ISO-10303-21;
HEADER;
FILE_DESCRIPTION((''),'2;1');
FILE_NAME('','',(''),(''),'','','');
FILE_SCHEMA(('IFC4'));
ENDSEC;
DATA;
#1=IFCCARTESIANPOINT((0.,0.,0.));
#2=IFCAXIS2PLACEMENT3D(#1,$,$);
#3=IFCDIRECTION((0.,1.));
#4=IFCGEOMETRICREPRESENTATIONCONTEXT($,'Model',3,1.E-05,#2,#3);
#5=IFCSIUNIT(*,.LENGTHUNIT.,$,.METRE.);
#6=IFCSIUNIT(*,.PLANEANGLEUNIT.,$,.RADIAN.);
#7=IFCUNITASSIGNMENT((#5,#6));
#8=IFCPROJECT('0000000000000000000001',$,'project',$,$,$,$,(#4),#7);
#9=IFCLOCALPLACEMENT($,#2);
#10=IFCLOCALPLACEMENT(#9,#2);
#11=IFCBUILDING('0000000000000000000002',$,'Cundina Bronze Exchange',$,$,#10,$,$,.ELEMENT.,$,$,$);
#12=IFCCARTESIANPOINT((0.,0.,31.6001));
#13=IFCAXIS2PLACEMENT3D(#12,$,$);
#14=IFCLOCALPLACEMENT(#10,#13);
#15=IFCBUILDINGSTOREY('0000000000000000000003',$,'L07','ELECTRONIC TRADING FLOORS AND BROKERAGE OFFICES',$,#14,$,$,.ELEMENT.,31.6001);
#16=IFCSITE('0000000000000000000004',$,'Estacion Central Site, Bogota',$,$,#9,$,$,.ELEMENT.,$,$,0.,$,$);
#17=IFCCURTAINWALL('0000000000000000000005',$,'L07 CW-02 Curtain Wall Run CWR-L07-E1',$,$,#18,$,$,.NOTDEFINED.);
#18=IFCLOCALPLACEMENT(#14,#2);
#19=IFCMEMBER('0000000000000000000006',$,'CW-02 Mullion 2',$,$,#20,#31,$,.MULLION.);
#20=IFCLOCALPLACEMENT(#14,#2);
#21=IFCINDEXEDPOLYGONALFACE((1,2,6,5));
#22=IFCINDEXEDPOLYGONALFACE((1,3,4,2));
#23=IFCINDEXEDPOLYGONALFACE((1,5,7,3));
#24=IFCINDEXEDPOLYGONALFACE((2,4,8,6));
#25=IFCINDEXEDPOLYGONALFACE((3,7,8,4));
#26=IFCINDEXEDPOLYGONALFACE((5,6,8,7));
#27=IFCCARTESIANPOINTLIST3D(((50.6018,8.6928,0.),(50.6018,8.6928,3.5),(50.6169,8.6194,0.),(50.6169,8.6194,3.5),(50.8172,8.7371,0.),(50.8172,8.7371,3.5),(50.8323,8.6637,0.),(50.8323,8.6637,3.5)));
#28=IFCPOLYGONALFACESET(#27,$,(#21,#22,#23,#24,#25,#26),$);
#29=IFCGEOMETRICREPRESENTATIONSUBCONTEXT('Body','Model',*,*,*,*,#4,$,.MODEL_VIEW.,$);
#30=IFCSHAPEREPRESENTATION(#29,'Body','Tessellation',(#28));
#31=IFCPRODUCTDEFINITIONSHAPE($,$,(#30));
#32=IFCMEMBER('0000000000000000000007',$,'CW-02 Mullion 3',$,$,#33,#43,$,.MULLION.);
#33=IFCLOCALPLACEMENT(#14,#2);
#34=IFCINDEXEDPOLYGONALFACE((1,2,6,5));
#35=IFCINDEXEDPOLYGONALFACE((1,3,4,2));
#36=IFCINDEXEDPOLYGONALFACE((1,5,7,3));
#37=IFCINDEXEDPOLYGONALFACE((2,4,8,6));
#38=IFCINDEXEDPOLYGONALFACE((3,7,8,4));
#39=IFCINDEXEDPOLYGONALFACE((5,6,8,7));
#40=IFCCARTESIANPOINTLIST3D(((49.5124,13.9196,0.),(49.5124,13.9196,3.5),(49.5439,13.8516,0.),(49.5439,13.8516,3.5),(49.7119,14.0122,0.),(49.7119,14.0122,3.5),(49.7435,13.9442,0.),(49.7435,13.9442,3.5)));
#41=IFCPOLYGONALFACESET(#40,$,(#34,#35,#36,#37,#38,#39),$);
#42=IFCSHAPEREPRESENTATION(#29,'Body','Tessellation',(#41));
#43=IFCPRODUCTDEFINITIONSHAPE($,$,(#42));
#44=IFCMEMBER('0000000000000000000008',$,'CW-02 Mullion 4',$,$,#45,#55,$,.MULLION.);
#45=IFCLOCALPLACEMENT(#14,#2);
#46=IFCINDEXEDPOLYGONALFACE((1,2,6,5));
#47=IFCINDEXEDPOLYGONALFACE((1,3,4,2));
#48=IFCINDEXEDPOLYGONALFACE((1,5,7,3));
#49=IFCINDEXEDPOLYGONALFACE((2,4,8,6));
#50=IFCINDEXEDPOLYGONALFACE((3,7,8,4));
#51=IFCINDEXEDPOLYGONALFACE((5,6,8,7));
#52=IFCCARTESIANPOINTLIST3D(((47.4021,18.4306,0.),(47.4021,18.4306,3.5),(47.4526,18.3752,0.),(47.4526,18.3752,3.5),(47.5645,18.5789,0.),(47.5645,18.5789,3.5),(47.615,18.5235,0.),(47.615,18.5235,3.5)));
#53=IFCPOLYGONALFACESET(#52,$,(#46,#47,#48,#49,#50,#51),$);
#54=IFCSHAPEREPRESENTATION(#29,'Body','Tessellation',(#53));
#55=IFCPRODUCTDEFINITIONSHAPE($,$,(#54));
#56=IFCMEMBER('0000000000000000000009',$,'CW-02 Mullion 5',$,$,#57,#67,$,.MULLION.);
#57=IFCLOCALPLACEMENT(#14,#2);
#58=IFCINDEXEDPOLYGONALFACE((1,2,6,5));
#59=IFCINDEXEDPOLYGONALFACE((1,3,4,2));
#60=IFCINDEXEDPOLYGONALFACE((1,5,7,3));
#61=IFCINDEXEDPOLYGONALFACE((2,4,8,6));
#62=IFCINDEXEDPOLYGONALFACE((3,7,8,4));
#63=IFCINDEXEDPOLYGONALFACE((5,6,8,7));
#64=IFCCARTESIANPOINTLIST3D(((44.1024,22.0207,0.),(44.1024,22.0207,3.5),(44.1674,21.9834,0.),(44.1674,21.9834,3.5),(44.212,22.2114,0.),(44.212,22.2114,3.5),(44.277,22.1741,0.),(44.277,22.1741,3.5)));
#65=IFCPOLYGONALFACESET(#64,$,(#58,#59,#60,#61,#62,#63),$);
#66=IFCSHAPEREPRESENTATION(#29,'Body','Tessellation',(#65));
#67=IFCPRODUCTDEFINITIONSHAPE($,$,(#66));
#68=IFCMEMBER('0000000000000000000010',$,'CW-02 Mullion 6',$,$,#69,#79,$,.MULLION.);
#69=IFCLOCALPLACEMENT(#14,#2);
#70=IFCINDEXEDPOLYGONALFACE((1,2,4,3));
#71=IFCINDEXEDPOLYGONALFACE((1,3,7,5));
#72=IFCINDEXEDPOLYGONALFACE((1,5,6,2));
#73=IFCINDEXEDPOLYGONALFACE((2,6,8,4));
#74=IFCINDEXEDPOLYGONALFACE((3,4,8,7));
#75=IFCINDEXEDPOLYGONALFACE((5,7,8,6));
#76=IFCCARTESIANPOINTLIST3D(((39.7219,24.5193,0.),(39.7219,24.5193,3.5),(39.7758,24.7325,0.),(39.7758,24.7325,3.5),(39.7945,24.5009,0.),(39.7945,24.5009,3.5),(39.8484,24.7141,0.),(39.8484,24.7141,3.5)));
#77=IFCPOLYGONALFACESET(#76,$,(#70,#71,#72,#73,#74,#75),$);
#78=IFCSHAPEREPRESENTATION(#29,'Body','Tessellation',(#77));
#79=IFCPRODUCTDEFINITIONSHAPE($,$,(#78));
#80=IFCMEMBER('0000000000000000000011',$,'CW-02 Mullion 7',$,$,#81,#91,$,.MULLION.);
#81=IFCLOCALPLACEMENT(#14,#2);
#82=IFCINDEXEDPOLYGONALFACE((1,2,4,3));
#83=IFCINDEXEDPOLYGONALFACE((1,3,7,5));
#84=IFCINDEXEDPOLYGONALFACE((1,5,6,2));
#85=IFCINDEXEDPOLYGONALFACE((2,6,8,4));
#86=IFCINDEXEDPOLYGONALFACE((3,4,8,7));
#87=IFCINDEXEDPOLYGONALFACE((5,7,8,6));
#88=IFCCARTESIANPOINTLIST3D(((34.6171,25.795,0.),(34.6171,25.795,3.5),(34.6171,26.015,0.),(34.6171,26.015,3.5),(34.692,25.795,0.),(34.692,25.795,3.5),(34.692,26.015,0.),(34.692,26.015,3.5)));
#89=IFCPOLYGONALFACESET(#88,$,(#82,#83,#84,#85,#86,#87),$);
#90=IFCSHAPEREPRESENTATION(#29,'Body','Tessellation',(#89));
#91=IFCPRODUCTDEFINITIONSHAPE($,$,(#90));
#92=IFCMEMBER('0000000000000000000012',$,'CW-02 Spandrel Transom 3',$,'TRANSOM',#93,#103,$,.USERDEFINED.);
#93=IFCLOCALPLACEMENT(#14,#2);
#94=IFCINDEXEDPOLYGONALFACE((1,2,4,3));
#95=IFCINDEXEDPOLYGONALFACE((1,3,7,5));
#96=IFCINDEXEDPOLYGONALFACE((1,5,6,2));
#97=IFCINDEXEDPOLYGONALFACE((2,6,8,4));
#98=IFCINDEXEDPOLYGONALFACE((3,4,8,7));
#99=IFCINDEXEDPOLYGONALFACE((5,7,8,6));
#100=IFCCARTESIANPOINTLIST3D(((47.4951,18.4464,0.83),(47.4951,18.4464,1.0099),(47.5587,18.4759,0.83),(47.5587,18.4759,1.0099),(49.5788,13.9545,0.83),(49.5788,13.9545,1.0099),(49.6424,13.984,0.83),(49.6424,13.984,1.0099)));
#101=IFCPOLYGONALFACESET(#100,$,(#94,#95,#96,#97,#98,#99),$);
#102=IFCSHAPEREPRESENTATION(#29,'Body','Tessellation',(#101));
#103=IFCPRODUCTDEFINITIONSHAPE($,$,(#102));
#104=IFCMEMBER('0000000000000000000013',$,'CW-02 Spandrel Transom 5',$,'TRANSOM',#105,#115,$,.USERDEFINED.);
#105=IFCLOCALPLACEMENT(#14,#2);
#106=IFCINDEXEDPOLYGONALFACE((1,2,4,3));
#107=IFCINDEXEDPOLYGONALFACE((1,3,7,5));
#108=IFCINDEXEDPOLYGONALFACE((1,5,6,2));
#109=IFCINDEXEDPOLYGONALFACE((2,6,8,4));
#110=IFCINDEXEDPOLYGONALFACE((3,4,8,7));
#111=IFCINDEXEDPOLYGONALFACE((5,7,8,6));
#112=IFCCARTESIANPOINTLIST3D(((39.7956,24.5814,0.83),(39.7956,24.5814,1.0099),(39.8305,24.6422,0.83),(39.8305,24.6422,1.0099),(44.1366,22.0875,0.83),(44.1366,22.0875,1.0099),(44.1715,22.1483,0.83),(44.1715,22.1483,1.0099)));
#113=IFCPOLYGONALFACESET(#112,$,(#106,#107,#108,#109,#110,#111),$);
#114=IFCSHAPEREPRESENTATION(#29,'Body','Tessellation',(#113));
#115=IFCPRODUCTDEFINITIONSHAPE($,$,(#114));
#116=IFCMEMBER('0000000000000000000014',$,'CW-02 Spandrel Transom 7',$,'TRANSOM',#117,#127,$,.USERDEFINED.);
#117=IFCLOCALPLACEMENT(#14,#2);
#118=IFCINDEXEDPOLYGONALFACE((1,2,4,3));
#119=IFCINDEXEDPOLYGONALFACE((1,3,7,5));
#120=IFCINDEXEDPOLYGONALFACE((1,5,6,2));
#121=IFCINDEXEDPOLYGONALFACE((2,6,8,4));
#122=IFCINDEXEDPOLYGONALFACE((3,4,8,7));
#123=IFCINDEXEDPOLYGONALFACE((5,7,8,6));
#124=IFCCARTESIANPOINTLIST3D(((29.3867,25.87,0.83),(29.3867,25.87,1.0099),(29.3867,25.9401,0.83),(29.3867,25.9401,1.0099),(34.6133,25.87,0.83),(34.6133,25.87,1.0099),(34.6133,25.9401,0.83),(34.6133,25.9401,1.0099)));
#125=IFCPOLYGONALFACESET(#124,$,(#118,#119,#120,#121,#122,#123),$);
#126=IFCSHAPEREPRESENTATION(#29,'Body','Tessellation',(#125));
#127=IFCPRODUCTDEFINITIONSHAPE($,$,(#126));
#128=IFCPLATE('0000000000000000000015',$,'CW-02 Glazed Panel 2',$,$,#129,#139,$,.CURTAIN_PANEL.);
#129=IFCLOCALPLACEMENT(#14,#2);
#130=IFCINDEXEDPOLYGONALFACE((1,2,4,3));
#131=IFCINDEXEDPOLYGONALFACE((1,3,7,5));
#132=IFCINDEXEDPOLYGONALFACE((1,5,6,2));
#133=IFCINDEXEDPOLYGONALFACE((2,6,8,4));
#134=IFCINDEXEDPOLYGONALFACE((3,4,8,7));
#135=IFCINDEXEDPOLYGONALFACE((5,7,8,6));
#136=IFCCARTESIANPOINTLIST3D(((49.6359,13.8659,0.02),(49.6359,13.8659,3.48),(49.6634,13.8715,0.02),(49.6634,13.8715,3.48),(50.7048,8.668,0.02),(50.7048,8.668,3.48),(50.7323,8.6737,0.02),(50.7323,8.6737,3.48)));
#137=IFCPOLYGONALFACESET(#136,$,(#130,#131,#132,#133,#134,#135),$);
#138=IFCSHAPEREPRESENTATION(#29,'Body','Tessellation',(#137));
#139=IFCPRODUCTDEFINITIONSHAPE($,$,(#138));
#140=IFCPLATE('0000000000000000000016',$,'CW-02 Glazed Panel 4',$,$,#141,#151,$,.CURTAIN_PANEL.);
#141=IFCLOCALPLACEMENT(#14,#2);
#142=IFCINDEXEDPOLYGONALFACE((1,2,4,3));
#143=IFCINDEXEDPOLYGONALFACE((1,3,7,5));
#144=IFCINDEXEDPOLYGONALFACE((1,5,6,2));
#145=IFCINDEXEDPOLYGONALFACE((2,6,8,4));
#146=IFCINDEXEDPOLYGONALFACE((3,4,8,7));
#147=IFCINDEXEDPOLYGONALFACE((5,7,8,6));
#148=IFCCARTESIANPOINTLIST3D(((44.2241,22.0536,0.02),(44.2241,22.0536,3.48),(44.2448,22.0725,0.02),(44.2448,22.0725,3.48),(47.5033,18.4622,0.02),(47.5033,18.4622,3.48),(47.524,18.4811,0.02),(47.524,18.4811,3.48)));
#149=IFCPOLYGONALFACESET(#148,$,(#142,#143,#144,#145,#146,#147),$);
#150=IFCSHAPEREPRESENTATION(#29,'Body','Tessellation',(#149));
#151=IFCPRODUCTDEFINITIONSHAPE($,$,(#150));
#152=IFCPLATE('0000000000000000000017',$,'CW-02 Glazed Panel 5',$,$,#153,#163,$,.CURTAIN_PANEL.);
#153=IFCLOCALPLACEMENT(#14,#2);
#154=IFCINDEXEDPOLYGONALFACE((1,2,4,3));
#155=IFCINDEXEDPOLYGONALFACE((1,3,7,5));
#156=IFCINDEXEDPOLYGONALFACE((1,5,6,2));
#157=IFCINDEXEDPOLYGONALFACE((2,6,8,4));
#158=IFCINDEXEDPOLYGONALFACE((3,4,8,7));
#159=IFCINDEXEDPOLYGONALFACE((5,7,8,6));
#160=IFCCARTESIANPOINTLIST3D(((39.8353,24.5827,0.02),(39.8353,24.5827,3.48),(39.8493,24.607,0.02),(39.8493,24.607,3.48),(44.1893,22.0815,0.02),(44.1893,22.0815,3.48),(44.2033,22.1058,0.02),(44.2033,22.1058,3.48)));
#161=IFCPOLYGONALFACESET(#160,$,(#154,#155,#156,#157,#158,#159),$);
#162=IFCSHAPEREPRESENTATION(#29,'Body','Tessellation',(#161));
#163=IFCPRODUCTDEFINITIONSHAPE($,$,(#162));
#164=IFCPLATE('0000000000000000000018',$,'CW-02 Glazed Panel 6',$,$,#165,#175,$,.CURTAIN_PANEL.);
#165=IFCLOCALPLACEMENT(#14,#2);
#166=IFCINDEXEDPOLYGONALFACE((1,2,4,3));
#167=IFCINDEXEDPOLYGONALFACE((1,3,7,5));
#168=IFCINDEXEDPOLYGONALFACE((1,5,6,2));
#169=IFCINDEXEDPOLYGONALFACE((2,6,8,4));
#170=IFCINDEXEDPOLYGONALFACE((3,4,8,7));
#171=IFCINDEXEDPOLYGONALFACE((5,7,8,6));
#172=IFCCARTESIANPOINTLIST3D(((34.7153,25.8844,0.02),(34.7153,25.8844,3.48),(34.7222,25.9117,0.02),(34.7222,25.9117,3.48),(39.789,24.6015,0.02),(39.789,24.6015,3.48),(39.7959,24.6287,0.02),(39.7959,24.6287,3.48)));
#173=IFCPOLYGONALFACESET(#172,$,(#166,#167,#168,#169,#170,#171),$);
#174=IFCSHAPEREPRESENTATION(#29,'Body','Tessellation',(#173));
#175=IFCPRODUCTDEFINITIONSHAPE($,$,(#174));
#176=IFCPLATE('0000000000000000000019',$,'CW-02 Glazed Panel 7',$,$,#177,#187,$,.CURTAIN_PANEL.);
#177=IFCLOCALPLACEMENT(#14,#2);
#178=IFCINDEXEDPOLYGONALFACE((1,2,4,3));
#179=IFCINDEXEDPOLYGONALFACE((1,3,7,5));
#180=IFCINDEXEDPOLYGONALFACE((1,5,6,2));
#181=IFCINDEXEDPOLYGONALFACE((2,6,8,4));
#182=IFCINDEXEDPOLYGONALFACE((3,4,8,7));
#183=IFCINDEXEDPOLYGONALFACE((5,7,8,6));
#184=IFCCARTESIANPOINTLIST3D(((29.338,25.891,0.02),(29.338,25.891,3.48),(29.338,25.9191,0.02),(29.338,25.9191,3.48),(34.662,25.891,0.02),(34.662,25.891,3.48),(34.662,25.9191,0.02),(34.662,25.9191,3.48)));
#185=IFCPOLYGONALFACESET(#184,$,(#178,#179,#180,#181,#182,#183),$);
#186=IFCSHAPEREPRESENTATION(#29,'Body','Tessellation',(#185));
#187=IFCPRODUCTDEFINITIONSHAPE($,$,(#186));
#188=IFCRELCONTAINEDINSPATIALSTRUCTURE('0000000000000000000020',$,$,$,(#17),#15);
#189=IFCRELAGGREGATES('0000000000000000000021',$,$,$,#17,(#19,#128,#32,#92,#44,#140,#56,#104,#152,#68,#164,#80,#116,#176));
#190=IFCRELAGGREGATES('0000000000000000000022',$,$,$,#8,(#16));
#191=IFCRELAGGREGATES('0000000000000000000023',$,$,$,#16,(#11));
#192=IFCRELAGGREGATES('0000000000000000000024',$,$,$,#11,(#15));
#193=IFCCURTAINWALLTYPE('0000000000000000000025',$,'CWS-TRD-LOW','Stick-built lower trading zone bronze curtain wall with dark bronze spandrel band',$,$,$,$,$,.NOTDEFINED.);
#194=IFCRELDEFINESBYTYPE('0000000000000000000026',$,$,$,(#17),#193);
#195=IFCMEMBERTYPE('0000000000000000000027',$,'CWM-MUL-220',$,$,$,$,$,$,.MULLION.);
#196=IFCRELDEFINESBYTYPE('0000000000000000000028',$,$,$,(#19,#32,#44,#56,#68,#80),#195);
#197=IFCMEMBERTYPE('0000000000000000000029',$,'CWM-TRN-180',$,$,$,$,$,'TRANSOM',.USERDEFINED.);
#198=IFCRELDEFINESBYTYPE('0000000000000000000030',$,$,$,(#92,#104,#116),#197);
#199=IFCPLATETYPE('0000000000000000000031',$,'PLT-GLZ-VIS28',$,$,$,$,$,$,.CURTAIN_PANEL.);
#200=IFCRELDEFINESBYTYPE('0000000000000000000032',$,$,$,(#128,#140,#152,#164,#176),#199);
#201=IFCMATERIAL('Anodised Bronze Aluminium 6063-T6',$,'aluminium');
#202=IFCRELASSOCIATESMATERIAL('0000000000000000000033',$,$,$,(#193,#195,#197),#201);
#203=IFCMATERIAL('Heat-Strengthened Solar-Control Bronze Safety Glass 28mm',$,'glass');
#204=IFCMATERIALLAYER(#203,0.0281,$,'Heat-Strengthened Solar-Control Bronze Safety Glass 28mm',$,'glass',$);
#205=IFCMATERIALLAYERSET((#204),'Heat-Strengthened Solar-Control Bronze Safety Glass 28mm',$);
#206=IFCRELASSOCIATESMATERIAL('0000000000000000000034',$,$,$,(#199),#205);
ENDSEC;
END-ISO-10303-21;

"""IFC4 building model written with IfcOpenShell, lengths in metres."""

from ifc_helpers import new_model, si_unit, direction, frame, origin, origin_2d, place, context, subcontext, project, spatial, rectangle, extrude, material, layer, layer_set, material_profile, profile_set, type_object, element, aggregate, save


model = new_model("IFC4")

# Units and contexts
model_context = context("Model", 3, precision=1e-05, world=origin(), true_north=direction((0.0, 1.0)))
body_context = subcontext(model_context, "Body", "Model", "MODEL_VIEW")
ifc_project = project(units=[si_unit("LENGTHUNIT", "METRE"), si_unit("PLANEANGLEUNIT", "RADIAN")], contexts=[model_context])

# Site, building, storey
site_placement = place(None, origin())
site = spatial("IfcSite", under=ifc_project, at=site_placement, Name="Estacion Central Site, Bogota", CompositionType="ELEMENT", RefElevation=0.0)
building_placement = place(site_placement, origin())
building = spatial("IfcBuilding", under=site, at=building_placement, Name="Cundina Bronze Exchange", CompositionType="ELEMENT")
storey_placement = place(building_placement, frame((0.0, 0.0, 31.6001)))
storey = spatial("IfcBuildingStorey", under=building, at=storey_placement, Name="L07", Description="ELECTRONIC TRADING FLOORS AND BROKERAGE OFFICES", CompositionType="ELEMENT", Elevation=31.6001)

# Curtain wall, members, plates
ifc_material_1 = material(Name="Anodised Bronze Aluminium 6063-T6", Category="aluminium")
curtain_wall_type = type_object("IfcCurtainWallType", Name="CWS-TRD-LOW", Description="Stick-built lower trading zone bronze curtain wall with dark bronze spandrel band", PredefinedType="NOTDEFINED", material=ifc_material_1)
curtain_wall_placement = place(storey_placement, origin())
curtain_wall = element("IfcCurtainWall", 1, at=curtain_wall_placement, inside=storey, type_object=curtain_wall_type, Name="L07 CW-02 Curtain Wall Run CWR-L07-E1", PredefinedType="NOTDEFINED")
ifc_material_profile_1 = material_profile(ifc_material_1, rectangle(XDim=0.075, YDim=0.22, at=origin_2d()), Name="AL75X220", Category="aluminium")
ifc_profile_set_1 = profile_set([ifc_material_profile_1], Name="Anodised Bronze Aluminium 6063-T6")
member_type_1 = type_object("IfcMemberType", Name="CWM-MUL-220", PredefinedType="MULLION", material=ifc_profile_set_1)
member_1_placement = place(storey_placement, frame((50.717, 8.6782, 0.0), z_axis=(0.0, 0.0, 1.0), x_axis=(-0.20142, 0.979505, 0.0)))
member_1 = element("IfcMember", 2, at=member_1_placement, type_object=member_type_1, Name="CW-02 Mullion 2", PredefinedType="MULLION", context=body_context, shape_type="SweptSolid", body=[
    extrude(rectangle(XDim=0.075, YDim=0.22, at=origin_2d()), origin(), (0.0, 0.0, 1.0), 3.5),
])
member_2_placement = place(storey_placement, frame((49.6279, 13.9319, 0.0), z_axis=(0.0, 0.0, 1.0), x_axis=(-0.420877, 0.907117, 0.0)))
member_2 = element("IfcMember", 3, at=member_2_placement, type_object=member_type_1, Name="CW-02 Mullion 3", PredefinedType="MULLION", context=body_context, shape_type="SweptSolid", body=[
    extrude(rectangle(XDim=0.075, YDim=0.22, at=origin_2d()), origin(), (0.0, 0.0, 1.0), 3.5),
])
member_3_placement = place(storey_placement, frame((47.5085, 18.4771, 0.0), z_axis=(0.0, 0.0, 1.0), x_axis=(-0.674302, 0.738455, 0.0)))
member_3 = element("IfcMember", 4, at=member_3_placement, type_object=member_type_1, Name="CW-02 Mullion 4", PredefinedType="MULLION", context=body_context, shape_type="SweptSolid", body=[
    extrude(rectangle(XDim=0.075, YDim=0.22, at=origin_2d()), origin(), (0.0, 0.0, 1.0), 3.5),
])
member_4_placement = place(storey_placement, frame((44.1897, 22.0974, 0.0), z_axis=(0.0, 0.0, 1.0), x_axis=(-0.867071, 0.498185, 0.0)))
member_4 = element("IfcMember", 5, at=member_4_placement, type_object=member_type_1, Name="CW-02 Mullion 5", PredefinedType="MULLION", context=body_context, shape_type="SweptSolid", body=[
    extrude(rectangle(XDim=0.075, YDim=0.22, at=origin_2d()), origin(), (0.0, 0.0, 1.0), 3.5),
])
member_5_placement = place(storey_placement, frame((39.7852, 24.6167, 0.0), z_axis=(0.0, 0.0, 1.0), x_axis=(-0.969488, 0.245138, 0.0)))
member_5 = element("IfcMember", 6, at=member_5_placement, type_object=member_type_1, Name="CW-02 Mullion 6", PredefinedType="MULLION", context=body_context, shape_type="SweptSolid", body=[
    extrude(rectangle(XDim=0.075, YDim=0.22, at=origin_2d()), origin(), (0.0, 0.0, 1.0), 3.5),
])
member_6_placement = place(storey_placement, frame((34.6545, 25.905, 0.0), z_axis=(0.0, 0.0, 1.0), x_axis=(-1.0, 0.0, 0.0)))
member_6 = element("IfcMember", 7, at=member_6_placement, type_object=member_type_1, Name="CW-02 Mullion 7", PredefinedType="MULLION", context=body_context, shape_type="SweptSolid", body=[
    extrude(rectangle(XDim=0.075, YDim=0.22, at=origin_2d()), origin(), (0.0, 0.0, 1.0), 3.5),
])
ifc_material_profile_2 = material_profile(ifc_material_1, rectangle(XDim=0.0701, YDim=0.1799, at=origin_2d()), Name="AL70X180", Category="aluminium")
ifc_profile_set_2 = profile_set([ifc_material_profile_2], Name="Anodised Bronze Aluminium 6063-T6")
member_type_2 = type_object("IfcMemberType", Name="CWM-TRN-180", ElementType="TRANSOM", PredefinedType="USERDEFINED", material=ifc_profile_set_2)
member_7_placement = place(storey_placement, frame((49.6106, 13.9692, 0.9199), z_axis=(-0.420811, 0.907148, 0.0), x_axis=(-0.907148, -0.420811, 0.0)))
member_7 = element("IfcMember", 8, at=member_7_placement, type_object=member_type_2, Name="CW-02 Spandrel Transom 3", ObjectType="TRANSOM", PredefinedType="USERDEFINED", context=body_context, shape_type="SweptSolid", body=[
    extrude(rectangle(XDim=0.0701, YDim=0.1799, at=origin_2d()), origin(), (0.0, 0.0, 1.0), 4.9517),
])
member_8_placement = place(storey_placement, frame((44.1541, 22.1179, 0.9199), z_axis=(-0.867097, 0.498139, 0.0), x_axis=(-0.498139, -0.867097, 0.0)))
member_8 = element("IfcMember", 9, at=member_8_placement, type_object=member_type_2, Name="CW-02 Spandrel Transom 5", ObjectType="TRANSOM", PredefinedType="USERDEFINED", context=body_context, shape_type="SweptSolid", body=[
    extrude(rectangle(XDim=0.0701, YDim=0.1799, at=origin_2d()), origin(), (0.0, 0.0, 1.0), 5.0063),
])
member_9_placement = place(storey_placement, frame((34.6133, 25.905, 0.9199), z_axis=(-1.0, 0.0, 0.0), x_axis=(0.0, -1.0, 0.0)))
member_9 = element("IfcMember", 10, at=member_9_placement, type_object=member_type_2, Name="CW-02 Spandrel Transom 7", ObjectType="TRANSOM", PredefinedType="USERDEFINED", context=body_context, shape_type="SweptSolid", body=[
    extrude(rectangle(XDim=0.0701, YDim=0.1799, at=origin_2d()), origin(), (0.0, 0.0, 1.0), 5.2266),
])
ifc_material_2 = material(Name="Heat-Strengthened Solar-Control Bronze Safety Glass 28mm", Category="glass")
ifc_layer_1 = layer(ifc_material_2, 0.0281, Name="Heat-Strengthened Solar-Control Bronze Safety Glass 28mm", Category="glass")
ifc_layer_set_1 = layer_set([ifc_layer_1], Name="Heat-Strengthened Solar-Control Bronze Safety Glass 28mm")
plate_type_1 = type_object("IfcPlateType", Name="PLT-GLZ-VIS28", PredefinedType="CURTAIN_PANEL", material=ifc_layer_set_1)
plate_1_placement = place(storey_placement, frame((50.1841, 11.2698, 0.02), z_axis=(0.0, 0.0, 1.0), x_axis=(-0.20142, 0.979505, 0.0)))
plate_1 = element("IfcPlate", 11, at=plate_1_placement, type_object=plate_type_1, Name="CW-02 Glazed Panel 2", PredefinedType="CURTAIN_PANEL", context=body_context, shape_type="SweptSolid", body=[
    extrude(rectangle(XDim=5.3066, YDim=0.0281, at=origin_2d()), origin(), (0.0, 0.0, 1.0), 3.46),
])
plate_2_placement = place(storey_placement, frame((45.874, 20.2673, 0.02), z_axis=(0.0, 0.0, 1.0), x_axis=(-0.674277, 0.738479, 0.0)))
plate_2 = element("IfcPlate", 12, at=plate_2_placement, type_object=plate_type_1, Name="CW-02 Glazed Panel 4", PredefinedType="CURTAIN_PANEL", context=body_context, shape_type="SweptSolid", body=[
    extrude(rectangle(XDim=4.8633, YDim=0.0281, at=origin_2d()), origin(), (0.0, 0.0, 1.0), 3.46),
])
plate_3_placement = place(storey_placement, frame((42.0193, 23.3442, 0.02), z_axis=(0.0, 0.0, 1.0), x_axis=(-0.867105, 0.498125, 0.0)))
plate_3 = element("IfcPlate", 13, at=plate_3_placement, type_object=plate_type_1, Name="CW-02 Glazed Panel 5", PredefinedType="CURTAIN_PANEL", context=body_context, shape_type="SweptSolid", body=[
    extrude(rectangle(XDim=5.0212, YDim=0.0281, at=origin_2d()), origin(), (0.0, 0.0, 1.0), 3.46),
])
plate_4_placement = place(storey_placement, frame((37.2556, 25.2566, 0.02), z_axis=(0.0, 0.0, 1.0), x_axis=(-0.969488, 0.245138, 0.0)))
plate_4 = element("IfcPlate", 14, at=plate_4_placement, type_object=plate_type_1, Name="CW-02 Glazed Panel 6", PredefinedType="CURTAIN_PANEL", context=body_context, shape_type="SweptSolid", body=[
    extrude(rectangle(XDim=5.2334, YDim=0.0281, at=origin_2d()), origin(), (0.0, 0.0, 1.0), 3.46),
])
plate_5_placement = place(storey_placement, frame((32.0, 25.905, 0.02), z_axis=(0.0, 0.0, 1.0), x_axis=(-1.0, 0.0, 0.0)))
plate_5 = element("IfcPlate", 15, at=plate_5_placement, type_object=plate_type_1, Name="CW-02 Glazed Panel 7", PredefinedType="CURTAIN_PANEL", context=body_context, shape_type="SweptSolid", body=[
    extrude(rectangle(XDim=5.324, YDim=0.0281, at=origin_2d()), origin(), (0.0, 0.0, 1.0), 3.46),
])
aggregate(curtain_wall, [member_1, plate_1, member_2, member_7, member_3, plate_2, member_4, member_8, plate_3, member_5, plate_4, member_6, member_9, plate_5])

save(model, "model.ifc")
